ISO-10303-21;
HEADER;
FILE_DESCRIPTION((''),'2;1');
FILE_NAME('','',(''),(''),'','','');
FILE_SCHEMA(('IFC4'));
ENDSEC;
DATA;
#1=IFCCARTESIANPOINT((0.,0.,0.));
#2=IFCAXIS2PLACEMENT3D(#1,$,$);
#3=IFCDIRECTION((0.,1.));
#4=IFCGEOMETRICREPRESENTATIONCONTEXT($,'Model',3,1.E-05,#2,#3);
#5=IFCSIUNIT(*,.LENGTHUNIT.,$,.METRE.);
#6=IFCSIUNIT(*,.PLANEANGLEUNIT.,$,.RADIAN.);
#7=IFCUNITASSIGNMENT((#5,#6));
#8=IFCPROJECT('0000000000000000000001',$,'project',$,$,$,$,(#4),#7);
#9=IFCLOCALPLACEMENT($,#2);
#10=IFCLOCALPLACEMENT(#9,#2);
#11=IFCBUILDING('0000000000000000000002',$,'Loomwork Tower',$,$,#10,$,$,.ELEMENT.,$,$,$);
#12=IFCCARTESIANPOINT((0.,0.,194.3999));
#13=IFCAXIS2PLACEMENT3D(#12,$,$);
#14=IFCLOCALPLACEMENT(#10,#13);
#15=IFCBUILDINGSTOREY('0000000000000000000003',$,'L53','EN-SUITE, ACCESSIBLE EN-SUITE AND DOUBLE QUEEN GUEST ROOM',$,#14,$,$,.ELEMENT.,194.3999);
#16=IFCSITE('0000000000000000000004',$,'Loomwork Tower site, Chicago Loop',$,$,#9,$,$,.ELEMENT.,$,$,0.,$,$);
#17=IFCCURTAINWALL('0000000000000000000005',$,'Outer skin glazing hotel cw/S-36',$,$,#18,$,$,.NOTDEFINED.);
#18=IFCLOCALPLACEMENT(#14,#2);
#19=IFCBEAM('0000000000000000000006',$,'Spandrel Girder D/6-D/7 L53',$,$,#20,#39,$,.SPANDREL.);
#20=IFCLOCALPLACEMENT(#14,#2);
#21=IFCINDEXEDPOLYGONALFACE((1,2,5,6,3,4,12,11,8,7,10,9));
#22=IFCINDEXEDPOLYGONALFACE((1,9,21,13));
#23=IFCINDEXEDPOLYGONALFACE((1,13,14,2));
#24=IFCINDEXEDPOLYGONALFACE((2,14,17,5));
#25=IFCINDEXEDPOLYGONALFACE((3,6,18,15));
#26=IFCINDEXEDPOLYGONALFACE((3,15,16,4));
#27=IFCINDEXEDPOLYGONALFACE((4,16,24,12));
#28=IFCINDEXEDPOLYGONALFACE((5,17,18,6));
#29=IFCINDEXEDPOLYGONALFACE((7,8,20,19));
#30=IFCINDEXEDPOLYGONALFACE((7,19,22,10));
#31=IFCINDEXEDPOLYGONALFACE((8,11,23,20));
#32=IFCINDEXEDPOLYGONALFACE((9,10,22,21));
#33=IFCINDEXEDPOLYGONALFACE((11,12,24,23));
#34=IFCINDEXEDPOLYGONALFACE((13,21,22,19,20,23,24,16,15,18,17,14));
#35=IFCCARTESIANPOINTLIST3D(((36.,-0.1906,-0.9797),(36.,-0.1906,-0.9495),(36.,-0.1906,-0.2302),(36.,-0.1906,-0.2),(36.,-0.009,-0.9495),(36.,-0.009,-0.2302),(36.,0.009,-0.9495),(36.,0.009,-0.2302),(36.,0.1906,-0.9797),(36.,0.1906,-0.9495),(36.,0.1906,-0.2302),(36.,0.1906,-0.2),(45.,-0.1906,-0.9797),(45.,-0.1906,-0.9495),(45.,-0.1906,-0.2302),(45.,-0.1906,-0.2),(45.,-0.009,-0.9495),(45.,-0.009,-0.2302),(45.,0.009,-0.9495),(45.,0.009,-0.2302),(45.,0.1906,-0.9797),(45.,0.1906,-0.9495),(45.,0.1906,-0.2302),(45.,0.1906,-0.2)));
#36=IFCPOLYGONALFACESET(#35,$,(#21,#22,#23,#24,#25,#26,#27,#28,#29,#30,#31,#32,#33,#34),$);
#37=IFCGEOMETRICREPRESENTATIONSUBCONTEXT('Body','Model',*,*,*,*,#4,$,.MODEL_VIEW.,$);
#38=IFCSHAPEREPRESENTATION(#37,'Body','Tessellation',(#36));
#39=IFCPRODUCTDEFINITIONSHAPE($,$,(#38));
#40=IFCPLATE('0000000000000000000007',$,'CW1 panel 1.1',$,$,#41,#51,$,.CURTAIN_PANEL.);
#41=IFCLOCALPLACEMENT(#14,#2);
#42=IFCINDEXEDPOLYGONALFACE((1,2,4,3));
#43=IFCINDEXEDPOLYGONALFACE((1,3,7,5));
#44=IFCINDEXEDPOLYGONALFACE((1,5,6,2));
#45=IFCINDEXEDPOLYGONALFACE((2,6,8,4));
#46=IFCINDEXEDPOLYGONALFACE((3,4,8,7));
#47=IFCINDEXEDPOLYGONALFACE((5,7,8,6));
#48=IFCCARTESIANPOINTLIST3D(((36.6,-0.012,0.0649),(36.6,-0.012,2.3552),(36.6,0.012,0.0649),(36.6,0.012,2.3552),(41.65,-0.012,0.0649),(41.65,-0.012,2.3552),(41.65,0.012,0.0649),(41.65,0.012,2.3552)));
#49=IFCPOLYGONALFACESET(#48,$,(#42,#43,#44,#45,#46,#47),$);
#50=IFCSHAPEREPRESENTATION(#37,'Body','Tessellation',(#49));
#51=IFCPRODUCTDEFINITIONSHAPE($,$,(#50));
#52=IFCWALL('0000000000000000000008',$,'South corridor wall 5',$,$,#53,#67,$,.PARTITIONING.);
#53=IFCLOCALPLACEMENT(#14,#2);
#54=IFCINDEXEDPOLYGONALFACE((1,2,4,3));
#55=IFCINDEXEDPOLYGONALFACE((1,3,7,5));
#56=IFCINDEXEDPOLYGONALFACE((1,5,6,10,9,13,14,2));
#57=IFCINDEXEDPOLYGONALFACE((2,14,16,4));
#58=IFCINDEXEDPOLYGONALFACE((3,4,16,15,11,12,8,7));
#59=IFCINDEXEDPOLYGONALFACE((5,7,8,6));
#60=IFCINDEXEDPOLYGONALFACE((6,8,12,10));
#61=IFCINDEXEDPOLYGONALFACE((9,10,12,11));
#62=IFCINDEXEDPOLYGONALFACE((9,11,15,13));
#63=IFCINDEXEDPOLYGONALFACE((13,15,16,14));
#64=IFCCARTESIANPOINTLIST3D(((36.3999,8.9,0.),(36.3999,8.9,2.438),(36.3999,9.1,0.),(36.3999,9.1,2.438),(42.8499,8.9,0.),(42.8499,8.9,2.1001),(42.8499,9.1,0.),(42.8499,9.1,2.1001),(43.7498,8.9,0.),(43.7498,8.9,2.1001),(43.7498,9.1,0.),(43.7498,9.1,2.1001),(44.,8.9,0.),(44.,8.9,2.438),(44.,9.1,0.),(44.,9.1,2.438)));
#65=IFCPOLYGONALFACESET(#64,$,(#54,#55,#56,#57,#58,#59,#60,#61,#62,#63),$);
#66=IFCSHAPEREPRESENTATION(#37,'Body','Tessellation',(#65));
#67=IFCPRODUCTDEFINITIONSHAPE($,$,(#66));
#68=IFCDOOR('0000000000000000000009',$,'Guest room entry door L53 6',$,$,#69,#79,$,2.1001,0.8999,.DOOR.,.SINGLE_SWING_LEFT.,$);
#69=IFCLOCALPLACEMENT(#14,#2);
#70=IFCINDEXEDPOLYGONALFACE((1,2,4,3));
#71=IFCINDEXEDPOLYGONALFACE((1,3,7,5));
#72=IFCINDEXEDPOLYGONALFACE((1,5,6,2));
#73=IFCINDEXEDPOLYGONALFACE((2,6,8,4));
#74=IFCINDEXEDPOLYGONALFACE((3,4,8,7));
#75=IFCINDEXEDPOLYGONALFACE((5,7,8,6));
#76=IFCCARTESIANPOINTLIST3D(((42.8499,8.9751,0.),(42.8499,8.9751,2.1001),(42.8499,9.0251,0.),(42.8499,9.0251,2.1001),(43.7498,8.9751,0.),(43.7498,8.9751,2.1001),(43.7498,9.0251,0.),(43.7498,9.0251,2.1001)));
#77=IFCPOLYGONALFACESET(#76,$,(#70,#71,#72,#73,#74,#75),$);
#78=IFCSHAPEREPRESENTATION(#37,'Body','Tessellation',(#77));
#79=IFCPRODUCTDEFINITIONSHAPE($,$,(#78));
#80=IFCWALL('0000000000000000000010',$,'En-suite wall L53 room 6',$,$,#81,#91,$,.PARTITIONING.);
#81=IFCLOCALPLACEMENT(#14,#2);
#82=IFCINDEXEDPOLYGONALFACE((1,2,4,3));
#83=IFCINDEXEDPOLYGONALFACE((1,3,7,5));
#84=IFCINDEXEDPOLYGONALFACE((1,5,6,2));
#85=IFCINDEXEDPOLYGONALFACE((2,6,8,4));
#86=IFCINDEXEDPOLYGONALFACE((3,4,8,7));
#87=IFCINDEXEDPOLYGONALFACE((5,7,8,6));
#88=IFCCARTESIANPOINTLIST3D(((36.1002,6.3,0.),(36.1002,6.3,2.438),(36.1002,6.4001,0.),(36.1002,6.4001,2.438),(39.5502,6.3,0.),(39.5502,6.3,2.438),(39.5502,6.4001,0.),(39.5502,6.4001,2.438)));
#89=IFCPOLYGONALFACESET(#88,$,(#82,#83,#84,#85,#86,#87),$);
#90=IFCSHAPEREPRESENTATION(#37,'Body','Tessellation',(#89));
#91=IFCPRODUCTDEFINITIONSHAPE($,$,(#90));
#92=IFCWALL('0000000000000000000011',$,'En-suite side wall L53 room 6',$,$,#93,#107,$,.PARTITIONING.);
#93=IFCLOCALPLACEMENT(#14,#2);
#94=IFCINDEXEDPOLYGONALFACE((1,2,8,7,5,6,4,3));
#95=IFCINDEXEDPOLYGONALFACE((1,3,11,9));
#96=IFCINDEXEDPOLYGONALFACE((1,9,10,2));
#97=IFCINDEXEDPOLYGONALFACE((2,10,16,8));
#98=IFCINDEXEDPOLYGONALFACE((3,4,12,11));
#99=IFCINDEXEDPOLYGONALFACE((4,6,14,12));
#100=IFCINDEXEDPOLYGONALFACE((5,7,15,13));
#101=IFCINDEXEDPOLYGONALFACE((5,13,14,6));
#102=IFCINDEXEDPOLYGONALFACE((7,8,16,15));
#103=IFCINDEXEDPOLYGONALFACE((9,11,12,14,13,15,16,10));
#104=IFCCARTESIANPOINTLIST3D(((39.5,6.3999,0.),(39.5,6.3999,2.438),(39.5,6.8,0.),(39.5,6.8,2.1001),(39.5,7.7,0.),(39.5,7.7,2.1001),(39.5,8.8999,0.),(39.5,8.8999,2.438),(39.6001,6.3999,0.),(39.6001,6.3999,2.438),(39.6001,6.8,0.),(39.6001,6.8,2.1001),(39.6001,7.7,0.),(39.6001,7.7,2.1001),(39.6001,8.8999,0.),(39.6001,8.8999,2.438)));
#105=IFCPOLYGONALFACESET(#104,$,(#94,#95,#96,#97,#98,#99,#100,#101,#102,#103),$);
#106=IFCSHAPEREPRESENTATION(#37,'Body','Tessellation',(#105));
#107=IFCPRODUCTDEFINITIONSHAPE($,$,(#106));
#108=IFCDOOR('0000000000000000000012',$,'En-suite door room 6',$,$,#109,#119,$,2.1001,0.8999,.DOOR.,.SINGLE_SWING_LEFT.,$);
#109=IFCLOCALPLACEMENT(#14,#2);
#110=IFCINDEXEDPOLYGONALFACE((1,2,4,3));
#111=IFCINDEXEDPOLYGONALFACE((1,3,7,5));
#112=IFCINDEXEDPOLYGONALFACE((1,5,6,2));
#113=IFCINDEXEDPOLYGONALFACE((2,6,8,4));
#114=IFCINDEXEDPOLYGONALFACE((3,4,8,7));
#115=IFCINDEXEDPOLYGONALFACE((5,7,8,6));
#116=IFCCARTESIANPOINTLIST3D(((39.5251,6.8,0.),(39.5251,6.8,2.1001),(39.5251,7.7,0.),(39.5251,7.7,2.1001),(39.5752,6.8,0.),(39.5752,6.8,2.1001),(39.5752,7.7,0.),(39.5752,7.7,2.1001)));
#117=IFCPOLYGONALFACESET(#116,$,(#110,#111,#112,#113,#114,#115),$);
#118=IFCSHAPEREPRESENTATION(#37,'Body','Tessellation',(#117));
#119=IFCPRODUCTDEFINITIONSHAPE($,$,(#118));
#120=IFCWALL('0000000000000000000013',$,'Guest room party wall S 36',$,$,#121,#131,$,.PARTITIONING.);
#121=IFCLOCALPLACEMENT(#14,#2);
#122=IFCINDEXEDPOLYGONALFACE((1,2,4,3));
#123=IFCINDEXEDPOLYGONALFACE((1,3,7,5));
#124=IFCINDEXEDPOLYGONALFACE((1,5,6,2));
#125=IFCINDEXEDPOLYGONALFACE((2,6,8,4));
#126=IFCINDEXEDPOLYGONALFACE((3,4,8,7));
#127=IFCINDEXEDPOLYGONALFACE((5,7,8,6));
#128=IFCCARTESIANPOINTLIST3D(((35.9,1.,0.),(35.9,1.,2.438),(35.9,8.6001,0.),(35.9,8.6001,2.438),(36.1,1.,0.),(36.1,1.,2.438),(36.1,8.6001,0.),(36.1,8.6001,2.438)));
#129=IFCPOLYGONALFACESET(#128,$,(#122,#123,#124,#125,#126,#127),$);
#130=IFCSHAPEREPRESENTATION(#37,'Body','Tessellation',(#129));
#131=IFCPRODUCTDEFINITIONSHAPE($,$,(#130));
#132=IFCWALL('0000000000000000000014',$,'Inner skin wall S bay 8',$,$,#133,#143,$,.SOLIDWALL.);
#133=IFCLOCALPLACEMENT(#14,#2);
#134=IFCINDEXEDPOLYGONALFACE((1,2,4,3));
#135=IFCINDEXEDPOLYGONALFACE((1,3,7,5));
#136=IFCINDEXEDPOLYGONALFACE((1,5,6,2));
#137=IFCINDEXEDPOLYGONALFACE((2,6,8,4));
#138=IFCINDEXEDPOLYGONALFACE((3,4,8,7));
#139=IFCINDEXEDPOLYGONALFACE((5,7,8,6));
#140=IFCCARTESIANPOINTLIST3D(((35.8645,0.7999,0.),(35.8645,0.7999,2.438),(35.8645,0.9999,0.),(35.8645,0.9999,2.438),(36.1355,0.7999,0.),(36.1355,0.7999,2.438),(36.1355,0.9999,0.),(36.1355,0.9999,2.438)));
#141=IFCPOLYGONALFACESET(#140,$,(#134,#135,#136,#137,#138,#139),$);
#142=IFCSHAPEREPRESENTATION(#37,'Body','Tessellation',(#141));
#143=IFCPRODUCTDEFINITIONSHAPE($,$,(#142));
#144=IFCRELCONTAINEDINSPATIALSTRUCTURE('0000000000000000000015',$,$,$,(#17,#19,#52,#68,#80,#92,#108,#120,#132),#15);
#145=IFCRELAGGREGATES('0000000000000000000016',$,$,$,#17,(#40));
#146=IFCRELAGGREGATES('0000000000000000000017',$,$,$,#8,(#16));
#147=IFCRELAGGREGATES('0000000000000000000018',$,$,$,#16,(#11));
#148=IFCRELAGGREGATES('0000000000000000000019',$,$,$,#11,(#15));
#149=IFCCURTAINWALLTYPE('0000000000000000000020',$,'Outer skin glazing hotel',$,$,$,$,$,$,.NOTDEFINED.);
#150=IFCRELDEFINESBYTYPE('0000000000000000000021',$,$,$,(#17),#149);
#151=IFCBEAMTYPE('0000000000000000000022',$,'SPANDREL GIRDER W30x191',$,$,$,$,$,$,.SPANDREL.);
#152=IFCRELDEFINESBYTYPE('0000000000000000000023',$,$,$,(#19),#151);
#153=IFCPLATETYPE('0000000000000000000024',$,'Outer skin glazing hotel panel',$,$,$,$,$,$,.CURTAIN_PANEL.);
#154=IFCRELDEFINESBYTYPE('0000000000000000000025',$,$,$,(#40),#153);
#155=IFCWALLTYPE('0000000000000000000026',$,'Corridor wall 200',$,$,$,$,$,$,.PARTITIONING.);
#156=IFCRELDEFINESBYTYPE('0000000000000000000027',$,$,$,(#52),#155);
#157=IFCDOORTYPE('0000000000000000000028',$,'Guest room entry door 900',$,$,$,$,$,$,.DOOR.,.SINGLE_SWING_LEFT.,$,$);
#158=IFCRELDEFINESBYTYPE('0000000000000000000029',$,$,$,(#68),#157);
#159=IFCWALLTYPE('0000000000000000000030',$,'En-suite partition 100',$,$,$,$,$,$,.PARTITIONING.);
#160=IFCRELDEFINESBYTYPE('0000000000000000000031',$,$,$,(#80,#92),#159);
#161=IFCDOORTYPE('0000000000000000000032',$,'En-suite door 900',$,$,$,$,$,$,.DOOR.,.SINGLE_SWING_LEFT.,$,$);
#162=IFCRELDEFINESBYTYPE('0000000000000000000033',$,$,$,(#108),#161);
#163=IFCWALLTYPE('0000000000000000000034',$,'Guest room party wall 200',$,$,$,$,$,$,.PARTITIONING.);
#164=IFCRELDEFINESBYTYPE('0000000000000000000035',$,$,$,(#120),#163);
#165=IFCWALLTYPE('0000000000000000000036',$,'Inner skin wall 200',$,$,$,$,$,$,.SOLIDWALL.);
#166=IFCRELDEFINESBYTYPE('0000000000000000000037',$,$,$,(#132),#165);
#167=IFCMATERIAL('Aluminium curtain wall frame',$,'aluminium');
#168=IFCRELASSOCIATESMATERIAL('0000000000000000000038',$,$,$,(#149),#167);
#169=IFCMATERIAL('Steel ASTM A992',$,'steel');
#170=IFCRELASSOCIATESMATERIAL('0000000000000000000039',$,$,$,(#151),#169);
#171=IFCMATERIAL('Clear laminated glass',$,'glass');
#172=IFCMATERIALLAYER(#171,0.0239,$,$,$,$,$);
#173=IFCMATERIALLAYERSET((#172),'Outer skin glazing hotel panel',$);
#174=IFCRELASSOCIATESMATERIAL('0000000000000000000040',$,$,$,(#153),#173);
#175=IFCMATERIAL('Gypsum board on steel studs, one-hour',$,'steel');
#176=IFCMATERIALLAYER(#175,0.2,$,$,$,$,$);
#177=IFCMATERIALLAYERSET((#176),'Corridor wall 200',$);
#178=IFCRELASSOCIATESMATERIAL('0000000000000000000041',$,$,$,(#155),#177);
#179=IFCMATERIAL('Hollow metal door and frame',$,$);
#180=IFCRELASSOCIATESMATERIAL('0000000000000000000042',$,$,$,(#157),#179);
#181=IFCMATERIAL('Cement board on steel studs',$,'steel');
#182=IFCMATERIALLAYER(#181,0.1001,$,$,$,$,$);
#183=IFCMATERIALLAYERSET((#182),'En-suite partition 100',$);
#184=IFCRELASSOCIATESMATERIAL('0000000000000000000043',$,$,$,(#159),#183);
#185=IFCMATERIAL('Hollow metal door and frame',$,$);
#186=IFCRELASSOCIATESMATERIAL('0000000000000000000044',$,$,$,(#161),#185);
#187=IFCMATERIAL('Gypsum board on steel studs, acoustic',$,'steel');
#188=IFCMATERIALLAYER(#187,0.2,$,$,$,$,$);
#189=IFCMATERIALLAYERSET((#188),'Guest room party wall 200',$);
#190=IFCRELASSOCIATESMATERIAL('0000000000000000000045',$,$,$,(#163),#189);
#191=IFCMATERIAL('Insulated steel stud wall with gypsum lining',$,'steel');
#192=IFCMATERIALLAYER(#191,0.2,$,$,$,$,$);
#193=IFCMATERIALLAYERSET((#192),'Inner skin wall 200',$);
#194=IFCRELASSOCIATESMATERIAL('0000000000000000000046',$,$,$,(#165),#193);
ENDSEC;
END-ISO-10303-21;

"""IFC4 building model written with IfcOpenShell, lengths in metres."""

from ifc_helpers import new_model, si_unit, direction, frame, frame_2d, origin, origin_2d, place, context, subcontext, project, spatial, rectangle, i_section, extrude, material, layer, layer_set, material_profile, profile_set, type_object, element, fill, aggregate, save


model = new_model("IFC4")

# Units and contexts
model_context = context("Model", 3, precision=1e-05, world=origin(), true_north=direction((0.0, 1.0)))
body_context = subcontext(model_context, "Body", "Model", "MODEL_VIEW")
ifc_project = project(units=[si_unit("LENGTHUNIT", "METRE"), si_unit("PLANEANGLEUNIT", "RADIAN")], contexts=[model_context])

# Site, building, storey
site_placement = place(None, origin())
site = spatial("IfcSite", under=ifc_project, at=site_placement, Name="Loomwork Tower site, Chicago Loop", CompositionType="ELEMENT", RefElevation=0.0)
building_placement = place(site_placement, origin())
building = spatial("IfcBuilding", under=site, at=building_placement, Name="Loomwork Tower", CompositionType="ELEMENT")
storey_placement = place(building_placement, frame((0.0, 0.0, 194.3999)))
storey = spatial("IfcBuildingStorey", under=building, at=storey_placement, Name="L53", Description="EN-SUITE, ACCESSIBLE EN-SUITE AND DOUBLE QUEEN GUEST ROOM", CompositionType="ELEMENT", Elevation=194.3999)

# Shared definitions
ifc_material_1 = material(Name="Aluminium curtain wall frame", Category="aluminium")
curtain_wall_type = type_object("IfcCurtainWallType", Name="Outer skin glazing hotel", PredefinedType="NOTDEFINED", material=ifc_material_1)

# Curtain wall
curtain_wall_1_placement = place(storey_placement, origin())
curtain_wall_1 = element("IfcCurtainWall", 1, at=curtain_wall_1_placement, inside=storey, type_object=curtain_wall_type, Name="Outer skin glazing hotel cw/S-36", PredefinedType="NOTDEFINED")

# Beam
ifc_material_2 = material(Name="Steel ASTM A992", Category="steel")
ifc_material_profile_1 = material_profile(ifc_material_2, i_section(OverallWidth=0.3811, OverallDepth=0.7798, WebThickness=0.0181, FlangeThickness=0.0303, at=origin_2d()), Name="W30x191")
ifc_profile_set_1 = profile_set([ifc_material_profile_1], Name="Steel ASTM A992")
beam_type_1 = type_object("IfcBeamType", Name="SPANDREL GIRDER W30x191", PredefinedType="SPANDREL", material=ifc_profile_set_1)
beam_1_placement = place(storey_placement, frame((36.0, 0.0, -0.5898), z_axis=(1.0, 0.0, 0.0), x_axis=(0.0, 1.0, 0.0)))
element("IfcBeam", 2, at=beam_1_placement, inside=storey, type_object=beam_type_1, Name="Spandrel Girder D/6-D/7 L53", PredefinedType="SPANDREL", context=body_context, shape_type="SweptSolid", body=[
    extrude(i_section(OverallWidth=0.3811, OverallDepth=0.7798, WebThickness=0.0181, FlangeThickness=0.0303, at=origin_2d()), origin(), (0.0, 0.0, 1.0), 9.0),
])

# Plate
ifc_material_3 = material(Name="Clear laminated glass", Category="glass")
ifc_layer_1 = layer(ifc_material_3, 0.0239)
ifc_layer_set_1 = layer_set([ifc_layer_1], Name="Outer skin glazing hotel panel")
plate_type = type_object("IfcPlateType", Name="Outer skin glazing hotel panel", PredefinedType="CURTAIN_PANEL", material=ifc_layer_set_1)
plate_placement = place(storey_placement, frame((39.125, 0.0, 0.0649), z_axis=(0.0, 0.0, 1.0), x_axis=(1.0, 0.0, 0.0)))
plate = element("IfcPlate", 3, at=plate_placement, type_object=plate_type, Name="CW1 panel 1.1", PredefinedType="CURTAIN_PANEL", context=body_context, shape_type="SweptSolid", body=[
    extrude(rectangle(XDim=5.05, YDim=0.0239, at=origin_2d()), origin(), (0.0, 0.0, 1.0), 2.2903),
])
aggregate(curtain_wall_1, [plate])

# Wall, opening, door
ifc_material_4 = material(Name="Gypsum board on steel studs, one-hour", Category="steel")
ifc_layer_2 = layer(ifc_material_4, 0.2)
ifc_layer_set_2 = layer_set([ifc_layer_2], Name="Corridor wall 200")
wall_type_1 = type_object("IfcWallType", Name="Corridor wall 200", PredefinedType="PARTITIONING", material=ifc_layer_set_2)
wall_1_placement = place(storey_placement, frame((36.3999, 9.0, 0.0), z_axis=(0.0, 0.0, 1.0), x_axis=(1.0, 0.0, 0.0)))
wall_1 = element("IfcWall", 4, at=wall_1_placement, inside=storey, type_object=wall_type_1, Name="South corridor wall 5", PredefinedType="PARTITIONING", context=body_context, shape_type="SweptSolid", body=[
    extrude(rectangle(XDim=7.6001, YDim=0.2, at=frame_2d((3.8, 0.0))), origin(), (0.0, 0.0, 1.0), 2.438),
])
opening_1_placement = place(wall_1_placement, frame((6.45, 0.0, 0.0)))
opening_1 = element("IfcOpeningElement", 5, at=opening_1_placement, cuts=wall_1, PredefinedType="OPENING", context=body_context, shape_type="SweptSolid", body=[
    extrude(rectangle(XDim=0.8999, YDim=2.1001, at=frame_2d((0.45, 1.05))), frame((0.0, 0.1099, 0.0), z_axis=(0.0, -1.0, 0.0), x_axis=(1.0, 0.0, 0.0)), (0.0, 0.0, 1.0), 0.22),
])
ifc_material_5 = material(Name="Hollow metal door and frame")
door_type_1 = type_object("IfcDoorType", Name="Guest room entry door 900", OperationType="SINGLE_SWING_LEFT", PredefinedType="DOOR", material=ifc_material_5)
door_1_placement = place(opening_1_placement, frame((0.8999, 0.0, 0.0), z_axis=(0.0, 0.0, 1.0), x_axis=(-1.0, 0.0, 0.0)))
door_1 = element("IfcDoor", 6, at=door_1_placement, inside=storey, type_object=door_type_1, Name="Guest room entry door L53 6", OperationType="SINGLE_SWING_LEFT", OverallHeight=2.1001, OverallWidth=0.8999, PredefinedType="DOOR", context=body_context, shape_type="SweptSolid", body=[
    extrude(rectangle(XDim=0.8999, YDim=2.1001, at=frame_2d((0.45, 1.05))), frame((0.0, 0.0249, 0.0), z_axis=(0.0, -1.0, 0.0), x_axis=(1.0, 0.0, 0.0)), (0.0, 0.0, 1.0), 0.05),
])
fill(opening_1, door_1)

# Wall
ifc_material_6 = material(Name="Cement board on steel studs", Category="steel")
ifc_layer_3 = layer(ifc_material_6, 0.1001)
ifc_layer_set_3 = layer_set([ifc_layer_3], Name="En-suite partition 100")
wall_type_2 = type_object("IfcWallType", Name="En-suite partition 100", PredefinedType="PARTITIONING", material=ifc_layer_set_3)
wall_2_placement = place(storey_placement, frame((36.1001, 6.3501, 0.0), z_axis=(0.0, 0.0, 1.0), x_axis=(1.0, 0.0, 0.0)))
element("IfcWall", 7, at=wall_2_placement, inside=storey, type_object=wall_type_2, Name="En-suite wall L53 room 6", PredefinedType="PARTITIONING", context=body_context, shape_type="SweptSolid", body=[
    extrude(rectangle(XDim=3.45, YDim=0.1001, at=frame_2d((1.7251, 0.0))), origin(), (0.0, 0.0, 1.0), 2.438),
])

# Wall, opening, door
wall_3_placement = place(storey_placement, frame((39.55, 8.8999, 0.0), z_axis=(0.0, 0.0, 1.0), x_axis=(0.0, -1.0, 0.0)))
wall_3 = element("IfcWall", 8, at=wall_3_placement, inside=storey, type_object=wall_type_2, Name="En-suite side wall L53 room 6", PredefinedType="PARTITIONING", context=body_context, shape_type="SweptSolid", body=[
    extrude(rectangle(XDim=2.5, YDim=0.1001, at=frame_2d((1.25, 0.0))), origin(), (0.0, 0.0, 1.0), 2.438),
])
opening_2_placement = place(wall_3_placement, frame((1.2, 0.0, 0.0)))
opening_2 = element("IfcOpeningElement", 9, at=opening_2_placement, cuts=wall_3, PredefinedType="OPENING", context=body_context, shape_type="SweptSolid", body=[
    extrude(rectangle(XDim=0.8999, YDim=2.1001, at=frame_2d((0.45, 1.05))), frame((0.0, 0.0601, 0.0), z_axis=(0.0, -1.0, 0.0), x_axis=(1.0, 0.0, 0.0)), (0.0, 0.0, 1.0), 0.1201),
])
ifc_material_7 = material(Name="Hollow metal door and frame")
door_type_2 = type_object("IfcDoorType", Name="En-suite door 900", OperationType="SINGLE_SWING_LEFT", PredefinedType="DOOR", material=ifc_material_7)
door_2_placement = place(opening_2_placement, frame((0.8999, 0.0, 0.0), z_axis=(0.0, 0.0, 1.0), x_axis=(-1.0, 0.0, 0.0)))
door_2 = element("IfcDoor", 10, at=door_2_placement, inside=storey, type_object=door_type_2, Name="En-suite door room 6", OperationType="SINGLE_SWING_LEFT", OverallHeight=2.1001, OverallWidth=0.8999, PredefinedType="DOOR", context=body_context, shape_type="SweptSolid", body=[
    extrude(rectangle(XDim=0.8999, YDim=2.1001, at=frame_2d((0.45, 1.05))), frame((0.0, 0.0249, 0.0), z_axis=(0.0, -1.0, 0.0), x_axis=(1.0, 0.0, 0.0)), (0.0, 0.0, 1.0), 0.05),
])
fill(opening_2, door_2)

# Walls
ifc_material_8 = material(Name="Gypsum board on steel studs, acoustic", Category="steel")
ifc_layer_4 = layer(ifc_material_8, 0.2)
ifc_layer_set_4 = layer_set([ifc_layer_4], Name="Guest room party wall 200")
wall_type_3 = type_object("IfcWallType", Name="Guest room party wall 200", PredefinedType="PARTITIONING", material=ifc_layer_set_4)
wall_4_placement = place(storey_placement, frame((36.0, 8.6001, 0.0), z_axis=(0.0, 0.0, 1.0), x_axis=(0.0, -1.0, 0.0)))
element("IfcWall", 11, at=wall_4_placement, inside=storey, type_object=wall_type_3, Name="Guest room party wall S 36", PredefinedType="PARTITIONING", context=body_context, shape_type="SweptSolid", body=[
    extrude(rectangle(XDim=7.6001, YDim=0.2, at=frame_2d((3.8, 0.0))), origin(), (0.0, 0.0, 1.0), 2.438),
])
ifc_material_9 = material(Name="Insulated steel stud wall with gypsum lining", Category="steel")
ifc_layer_5 = layer(ifc_material_9, 0.2)
ifc_layer_set_5 = layer_set([ifc_layer_5], Name="Inner skin wall 200")
wall_type_4 = type_object("IfcWallType", Name="Inner skin wall 200", PredefinedType="SOLIDWALL", material=ifc_layer_set_5)
wall_5_placement = place(storey_placement, frame((35.8645, 0.8999, 0.0), z_axis=(0.0, 0.0, 1.0), x_axis=(1.0, 0.0, 0.0)))
element("IfcWall", 12, at=wall_5_placement, inside=storey, type_object=wall_type_4, Name="Inner skin wall S bay 8", PredefinedType="SOLIDWALL", context=body_context, shape_type="SweptSolid", body=[
    extrude(rectangle(XDim=0.271, YDim=0.2, at=frame_2d((0.1355, 0.0))), origin(), (0.0, 0.0, 1.0), 2.438),
])

save(model, "model.ifc")
